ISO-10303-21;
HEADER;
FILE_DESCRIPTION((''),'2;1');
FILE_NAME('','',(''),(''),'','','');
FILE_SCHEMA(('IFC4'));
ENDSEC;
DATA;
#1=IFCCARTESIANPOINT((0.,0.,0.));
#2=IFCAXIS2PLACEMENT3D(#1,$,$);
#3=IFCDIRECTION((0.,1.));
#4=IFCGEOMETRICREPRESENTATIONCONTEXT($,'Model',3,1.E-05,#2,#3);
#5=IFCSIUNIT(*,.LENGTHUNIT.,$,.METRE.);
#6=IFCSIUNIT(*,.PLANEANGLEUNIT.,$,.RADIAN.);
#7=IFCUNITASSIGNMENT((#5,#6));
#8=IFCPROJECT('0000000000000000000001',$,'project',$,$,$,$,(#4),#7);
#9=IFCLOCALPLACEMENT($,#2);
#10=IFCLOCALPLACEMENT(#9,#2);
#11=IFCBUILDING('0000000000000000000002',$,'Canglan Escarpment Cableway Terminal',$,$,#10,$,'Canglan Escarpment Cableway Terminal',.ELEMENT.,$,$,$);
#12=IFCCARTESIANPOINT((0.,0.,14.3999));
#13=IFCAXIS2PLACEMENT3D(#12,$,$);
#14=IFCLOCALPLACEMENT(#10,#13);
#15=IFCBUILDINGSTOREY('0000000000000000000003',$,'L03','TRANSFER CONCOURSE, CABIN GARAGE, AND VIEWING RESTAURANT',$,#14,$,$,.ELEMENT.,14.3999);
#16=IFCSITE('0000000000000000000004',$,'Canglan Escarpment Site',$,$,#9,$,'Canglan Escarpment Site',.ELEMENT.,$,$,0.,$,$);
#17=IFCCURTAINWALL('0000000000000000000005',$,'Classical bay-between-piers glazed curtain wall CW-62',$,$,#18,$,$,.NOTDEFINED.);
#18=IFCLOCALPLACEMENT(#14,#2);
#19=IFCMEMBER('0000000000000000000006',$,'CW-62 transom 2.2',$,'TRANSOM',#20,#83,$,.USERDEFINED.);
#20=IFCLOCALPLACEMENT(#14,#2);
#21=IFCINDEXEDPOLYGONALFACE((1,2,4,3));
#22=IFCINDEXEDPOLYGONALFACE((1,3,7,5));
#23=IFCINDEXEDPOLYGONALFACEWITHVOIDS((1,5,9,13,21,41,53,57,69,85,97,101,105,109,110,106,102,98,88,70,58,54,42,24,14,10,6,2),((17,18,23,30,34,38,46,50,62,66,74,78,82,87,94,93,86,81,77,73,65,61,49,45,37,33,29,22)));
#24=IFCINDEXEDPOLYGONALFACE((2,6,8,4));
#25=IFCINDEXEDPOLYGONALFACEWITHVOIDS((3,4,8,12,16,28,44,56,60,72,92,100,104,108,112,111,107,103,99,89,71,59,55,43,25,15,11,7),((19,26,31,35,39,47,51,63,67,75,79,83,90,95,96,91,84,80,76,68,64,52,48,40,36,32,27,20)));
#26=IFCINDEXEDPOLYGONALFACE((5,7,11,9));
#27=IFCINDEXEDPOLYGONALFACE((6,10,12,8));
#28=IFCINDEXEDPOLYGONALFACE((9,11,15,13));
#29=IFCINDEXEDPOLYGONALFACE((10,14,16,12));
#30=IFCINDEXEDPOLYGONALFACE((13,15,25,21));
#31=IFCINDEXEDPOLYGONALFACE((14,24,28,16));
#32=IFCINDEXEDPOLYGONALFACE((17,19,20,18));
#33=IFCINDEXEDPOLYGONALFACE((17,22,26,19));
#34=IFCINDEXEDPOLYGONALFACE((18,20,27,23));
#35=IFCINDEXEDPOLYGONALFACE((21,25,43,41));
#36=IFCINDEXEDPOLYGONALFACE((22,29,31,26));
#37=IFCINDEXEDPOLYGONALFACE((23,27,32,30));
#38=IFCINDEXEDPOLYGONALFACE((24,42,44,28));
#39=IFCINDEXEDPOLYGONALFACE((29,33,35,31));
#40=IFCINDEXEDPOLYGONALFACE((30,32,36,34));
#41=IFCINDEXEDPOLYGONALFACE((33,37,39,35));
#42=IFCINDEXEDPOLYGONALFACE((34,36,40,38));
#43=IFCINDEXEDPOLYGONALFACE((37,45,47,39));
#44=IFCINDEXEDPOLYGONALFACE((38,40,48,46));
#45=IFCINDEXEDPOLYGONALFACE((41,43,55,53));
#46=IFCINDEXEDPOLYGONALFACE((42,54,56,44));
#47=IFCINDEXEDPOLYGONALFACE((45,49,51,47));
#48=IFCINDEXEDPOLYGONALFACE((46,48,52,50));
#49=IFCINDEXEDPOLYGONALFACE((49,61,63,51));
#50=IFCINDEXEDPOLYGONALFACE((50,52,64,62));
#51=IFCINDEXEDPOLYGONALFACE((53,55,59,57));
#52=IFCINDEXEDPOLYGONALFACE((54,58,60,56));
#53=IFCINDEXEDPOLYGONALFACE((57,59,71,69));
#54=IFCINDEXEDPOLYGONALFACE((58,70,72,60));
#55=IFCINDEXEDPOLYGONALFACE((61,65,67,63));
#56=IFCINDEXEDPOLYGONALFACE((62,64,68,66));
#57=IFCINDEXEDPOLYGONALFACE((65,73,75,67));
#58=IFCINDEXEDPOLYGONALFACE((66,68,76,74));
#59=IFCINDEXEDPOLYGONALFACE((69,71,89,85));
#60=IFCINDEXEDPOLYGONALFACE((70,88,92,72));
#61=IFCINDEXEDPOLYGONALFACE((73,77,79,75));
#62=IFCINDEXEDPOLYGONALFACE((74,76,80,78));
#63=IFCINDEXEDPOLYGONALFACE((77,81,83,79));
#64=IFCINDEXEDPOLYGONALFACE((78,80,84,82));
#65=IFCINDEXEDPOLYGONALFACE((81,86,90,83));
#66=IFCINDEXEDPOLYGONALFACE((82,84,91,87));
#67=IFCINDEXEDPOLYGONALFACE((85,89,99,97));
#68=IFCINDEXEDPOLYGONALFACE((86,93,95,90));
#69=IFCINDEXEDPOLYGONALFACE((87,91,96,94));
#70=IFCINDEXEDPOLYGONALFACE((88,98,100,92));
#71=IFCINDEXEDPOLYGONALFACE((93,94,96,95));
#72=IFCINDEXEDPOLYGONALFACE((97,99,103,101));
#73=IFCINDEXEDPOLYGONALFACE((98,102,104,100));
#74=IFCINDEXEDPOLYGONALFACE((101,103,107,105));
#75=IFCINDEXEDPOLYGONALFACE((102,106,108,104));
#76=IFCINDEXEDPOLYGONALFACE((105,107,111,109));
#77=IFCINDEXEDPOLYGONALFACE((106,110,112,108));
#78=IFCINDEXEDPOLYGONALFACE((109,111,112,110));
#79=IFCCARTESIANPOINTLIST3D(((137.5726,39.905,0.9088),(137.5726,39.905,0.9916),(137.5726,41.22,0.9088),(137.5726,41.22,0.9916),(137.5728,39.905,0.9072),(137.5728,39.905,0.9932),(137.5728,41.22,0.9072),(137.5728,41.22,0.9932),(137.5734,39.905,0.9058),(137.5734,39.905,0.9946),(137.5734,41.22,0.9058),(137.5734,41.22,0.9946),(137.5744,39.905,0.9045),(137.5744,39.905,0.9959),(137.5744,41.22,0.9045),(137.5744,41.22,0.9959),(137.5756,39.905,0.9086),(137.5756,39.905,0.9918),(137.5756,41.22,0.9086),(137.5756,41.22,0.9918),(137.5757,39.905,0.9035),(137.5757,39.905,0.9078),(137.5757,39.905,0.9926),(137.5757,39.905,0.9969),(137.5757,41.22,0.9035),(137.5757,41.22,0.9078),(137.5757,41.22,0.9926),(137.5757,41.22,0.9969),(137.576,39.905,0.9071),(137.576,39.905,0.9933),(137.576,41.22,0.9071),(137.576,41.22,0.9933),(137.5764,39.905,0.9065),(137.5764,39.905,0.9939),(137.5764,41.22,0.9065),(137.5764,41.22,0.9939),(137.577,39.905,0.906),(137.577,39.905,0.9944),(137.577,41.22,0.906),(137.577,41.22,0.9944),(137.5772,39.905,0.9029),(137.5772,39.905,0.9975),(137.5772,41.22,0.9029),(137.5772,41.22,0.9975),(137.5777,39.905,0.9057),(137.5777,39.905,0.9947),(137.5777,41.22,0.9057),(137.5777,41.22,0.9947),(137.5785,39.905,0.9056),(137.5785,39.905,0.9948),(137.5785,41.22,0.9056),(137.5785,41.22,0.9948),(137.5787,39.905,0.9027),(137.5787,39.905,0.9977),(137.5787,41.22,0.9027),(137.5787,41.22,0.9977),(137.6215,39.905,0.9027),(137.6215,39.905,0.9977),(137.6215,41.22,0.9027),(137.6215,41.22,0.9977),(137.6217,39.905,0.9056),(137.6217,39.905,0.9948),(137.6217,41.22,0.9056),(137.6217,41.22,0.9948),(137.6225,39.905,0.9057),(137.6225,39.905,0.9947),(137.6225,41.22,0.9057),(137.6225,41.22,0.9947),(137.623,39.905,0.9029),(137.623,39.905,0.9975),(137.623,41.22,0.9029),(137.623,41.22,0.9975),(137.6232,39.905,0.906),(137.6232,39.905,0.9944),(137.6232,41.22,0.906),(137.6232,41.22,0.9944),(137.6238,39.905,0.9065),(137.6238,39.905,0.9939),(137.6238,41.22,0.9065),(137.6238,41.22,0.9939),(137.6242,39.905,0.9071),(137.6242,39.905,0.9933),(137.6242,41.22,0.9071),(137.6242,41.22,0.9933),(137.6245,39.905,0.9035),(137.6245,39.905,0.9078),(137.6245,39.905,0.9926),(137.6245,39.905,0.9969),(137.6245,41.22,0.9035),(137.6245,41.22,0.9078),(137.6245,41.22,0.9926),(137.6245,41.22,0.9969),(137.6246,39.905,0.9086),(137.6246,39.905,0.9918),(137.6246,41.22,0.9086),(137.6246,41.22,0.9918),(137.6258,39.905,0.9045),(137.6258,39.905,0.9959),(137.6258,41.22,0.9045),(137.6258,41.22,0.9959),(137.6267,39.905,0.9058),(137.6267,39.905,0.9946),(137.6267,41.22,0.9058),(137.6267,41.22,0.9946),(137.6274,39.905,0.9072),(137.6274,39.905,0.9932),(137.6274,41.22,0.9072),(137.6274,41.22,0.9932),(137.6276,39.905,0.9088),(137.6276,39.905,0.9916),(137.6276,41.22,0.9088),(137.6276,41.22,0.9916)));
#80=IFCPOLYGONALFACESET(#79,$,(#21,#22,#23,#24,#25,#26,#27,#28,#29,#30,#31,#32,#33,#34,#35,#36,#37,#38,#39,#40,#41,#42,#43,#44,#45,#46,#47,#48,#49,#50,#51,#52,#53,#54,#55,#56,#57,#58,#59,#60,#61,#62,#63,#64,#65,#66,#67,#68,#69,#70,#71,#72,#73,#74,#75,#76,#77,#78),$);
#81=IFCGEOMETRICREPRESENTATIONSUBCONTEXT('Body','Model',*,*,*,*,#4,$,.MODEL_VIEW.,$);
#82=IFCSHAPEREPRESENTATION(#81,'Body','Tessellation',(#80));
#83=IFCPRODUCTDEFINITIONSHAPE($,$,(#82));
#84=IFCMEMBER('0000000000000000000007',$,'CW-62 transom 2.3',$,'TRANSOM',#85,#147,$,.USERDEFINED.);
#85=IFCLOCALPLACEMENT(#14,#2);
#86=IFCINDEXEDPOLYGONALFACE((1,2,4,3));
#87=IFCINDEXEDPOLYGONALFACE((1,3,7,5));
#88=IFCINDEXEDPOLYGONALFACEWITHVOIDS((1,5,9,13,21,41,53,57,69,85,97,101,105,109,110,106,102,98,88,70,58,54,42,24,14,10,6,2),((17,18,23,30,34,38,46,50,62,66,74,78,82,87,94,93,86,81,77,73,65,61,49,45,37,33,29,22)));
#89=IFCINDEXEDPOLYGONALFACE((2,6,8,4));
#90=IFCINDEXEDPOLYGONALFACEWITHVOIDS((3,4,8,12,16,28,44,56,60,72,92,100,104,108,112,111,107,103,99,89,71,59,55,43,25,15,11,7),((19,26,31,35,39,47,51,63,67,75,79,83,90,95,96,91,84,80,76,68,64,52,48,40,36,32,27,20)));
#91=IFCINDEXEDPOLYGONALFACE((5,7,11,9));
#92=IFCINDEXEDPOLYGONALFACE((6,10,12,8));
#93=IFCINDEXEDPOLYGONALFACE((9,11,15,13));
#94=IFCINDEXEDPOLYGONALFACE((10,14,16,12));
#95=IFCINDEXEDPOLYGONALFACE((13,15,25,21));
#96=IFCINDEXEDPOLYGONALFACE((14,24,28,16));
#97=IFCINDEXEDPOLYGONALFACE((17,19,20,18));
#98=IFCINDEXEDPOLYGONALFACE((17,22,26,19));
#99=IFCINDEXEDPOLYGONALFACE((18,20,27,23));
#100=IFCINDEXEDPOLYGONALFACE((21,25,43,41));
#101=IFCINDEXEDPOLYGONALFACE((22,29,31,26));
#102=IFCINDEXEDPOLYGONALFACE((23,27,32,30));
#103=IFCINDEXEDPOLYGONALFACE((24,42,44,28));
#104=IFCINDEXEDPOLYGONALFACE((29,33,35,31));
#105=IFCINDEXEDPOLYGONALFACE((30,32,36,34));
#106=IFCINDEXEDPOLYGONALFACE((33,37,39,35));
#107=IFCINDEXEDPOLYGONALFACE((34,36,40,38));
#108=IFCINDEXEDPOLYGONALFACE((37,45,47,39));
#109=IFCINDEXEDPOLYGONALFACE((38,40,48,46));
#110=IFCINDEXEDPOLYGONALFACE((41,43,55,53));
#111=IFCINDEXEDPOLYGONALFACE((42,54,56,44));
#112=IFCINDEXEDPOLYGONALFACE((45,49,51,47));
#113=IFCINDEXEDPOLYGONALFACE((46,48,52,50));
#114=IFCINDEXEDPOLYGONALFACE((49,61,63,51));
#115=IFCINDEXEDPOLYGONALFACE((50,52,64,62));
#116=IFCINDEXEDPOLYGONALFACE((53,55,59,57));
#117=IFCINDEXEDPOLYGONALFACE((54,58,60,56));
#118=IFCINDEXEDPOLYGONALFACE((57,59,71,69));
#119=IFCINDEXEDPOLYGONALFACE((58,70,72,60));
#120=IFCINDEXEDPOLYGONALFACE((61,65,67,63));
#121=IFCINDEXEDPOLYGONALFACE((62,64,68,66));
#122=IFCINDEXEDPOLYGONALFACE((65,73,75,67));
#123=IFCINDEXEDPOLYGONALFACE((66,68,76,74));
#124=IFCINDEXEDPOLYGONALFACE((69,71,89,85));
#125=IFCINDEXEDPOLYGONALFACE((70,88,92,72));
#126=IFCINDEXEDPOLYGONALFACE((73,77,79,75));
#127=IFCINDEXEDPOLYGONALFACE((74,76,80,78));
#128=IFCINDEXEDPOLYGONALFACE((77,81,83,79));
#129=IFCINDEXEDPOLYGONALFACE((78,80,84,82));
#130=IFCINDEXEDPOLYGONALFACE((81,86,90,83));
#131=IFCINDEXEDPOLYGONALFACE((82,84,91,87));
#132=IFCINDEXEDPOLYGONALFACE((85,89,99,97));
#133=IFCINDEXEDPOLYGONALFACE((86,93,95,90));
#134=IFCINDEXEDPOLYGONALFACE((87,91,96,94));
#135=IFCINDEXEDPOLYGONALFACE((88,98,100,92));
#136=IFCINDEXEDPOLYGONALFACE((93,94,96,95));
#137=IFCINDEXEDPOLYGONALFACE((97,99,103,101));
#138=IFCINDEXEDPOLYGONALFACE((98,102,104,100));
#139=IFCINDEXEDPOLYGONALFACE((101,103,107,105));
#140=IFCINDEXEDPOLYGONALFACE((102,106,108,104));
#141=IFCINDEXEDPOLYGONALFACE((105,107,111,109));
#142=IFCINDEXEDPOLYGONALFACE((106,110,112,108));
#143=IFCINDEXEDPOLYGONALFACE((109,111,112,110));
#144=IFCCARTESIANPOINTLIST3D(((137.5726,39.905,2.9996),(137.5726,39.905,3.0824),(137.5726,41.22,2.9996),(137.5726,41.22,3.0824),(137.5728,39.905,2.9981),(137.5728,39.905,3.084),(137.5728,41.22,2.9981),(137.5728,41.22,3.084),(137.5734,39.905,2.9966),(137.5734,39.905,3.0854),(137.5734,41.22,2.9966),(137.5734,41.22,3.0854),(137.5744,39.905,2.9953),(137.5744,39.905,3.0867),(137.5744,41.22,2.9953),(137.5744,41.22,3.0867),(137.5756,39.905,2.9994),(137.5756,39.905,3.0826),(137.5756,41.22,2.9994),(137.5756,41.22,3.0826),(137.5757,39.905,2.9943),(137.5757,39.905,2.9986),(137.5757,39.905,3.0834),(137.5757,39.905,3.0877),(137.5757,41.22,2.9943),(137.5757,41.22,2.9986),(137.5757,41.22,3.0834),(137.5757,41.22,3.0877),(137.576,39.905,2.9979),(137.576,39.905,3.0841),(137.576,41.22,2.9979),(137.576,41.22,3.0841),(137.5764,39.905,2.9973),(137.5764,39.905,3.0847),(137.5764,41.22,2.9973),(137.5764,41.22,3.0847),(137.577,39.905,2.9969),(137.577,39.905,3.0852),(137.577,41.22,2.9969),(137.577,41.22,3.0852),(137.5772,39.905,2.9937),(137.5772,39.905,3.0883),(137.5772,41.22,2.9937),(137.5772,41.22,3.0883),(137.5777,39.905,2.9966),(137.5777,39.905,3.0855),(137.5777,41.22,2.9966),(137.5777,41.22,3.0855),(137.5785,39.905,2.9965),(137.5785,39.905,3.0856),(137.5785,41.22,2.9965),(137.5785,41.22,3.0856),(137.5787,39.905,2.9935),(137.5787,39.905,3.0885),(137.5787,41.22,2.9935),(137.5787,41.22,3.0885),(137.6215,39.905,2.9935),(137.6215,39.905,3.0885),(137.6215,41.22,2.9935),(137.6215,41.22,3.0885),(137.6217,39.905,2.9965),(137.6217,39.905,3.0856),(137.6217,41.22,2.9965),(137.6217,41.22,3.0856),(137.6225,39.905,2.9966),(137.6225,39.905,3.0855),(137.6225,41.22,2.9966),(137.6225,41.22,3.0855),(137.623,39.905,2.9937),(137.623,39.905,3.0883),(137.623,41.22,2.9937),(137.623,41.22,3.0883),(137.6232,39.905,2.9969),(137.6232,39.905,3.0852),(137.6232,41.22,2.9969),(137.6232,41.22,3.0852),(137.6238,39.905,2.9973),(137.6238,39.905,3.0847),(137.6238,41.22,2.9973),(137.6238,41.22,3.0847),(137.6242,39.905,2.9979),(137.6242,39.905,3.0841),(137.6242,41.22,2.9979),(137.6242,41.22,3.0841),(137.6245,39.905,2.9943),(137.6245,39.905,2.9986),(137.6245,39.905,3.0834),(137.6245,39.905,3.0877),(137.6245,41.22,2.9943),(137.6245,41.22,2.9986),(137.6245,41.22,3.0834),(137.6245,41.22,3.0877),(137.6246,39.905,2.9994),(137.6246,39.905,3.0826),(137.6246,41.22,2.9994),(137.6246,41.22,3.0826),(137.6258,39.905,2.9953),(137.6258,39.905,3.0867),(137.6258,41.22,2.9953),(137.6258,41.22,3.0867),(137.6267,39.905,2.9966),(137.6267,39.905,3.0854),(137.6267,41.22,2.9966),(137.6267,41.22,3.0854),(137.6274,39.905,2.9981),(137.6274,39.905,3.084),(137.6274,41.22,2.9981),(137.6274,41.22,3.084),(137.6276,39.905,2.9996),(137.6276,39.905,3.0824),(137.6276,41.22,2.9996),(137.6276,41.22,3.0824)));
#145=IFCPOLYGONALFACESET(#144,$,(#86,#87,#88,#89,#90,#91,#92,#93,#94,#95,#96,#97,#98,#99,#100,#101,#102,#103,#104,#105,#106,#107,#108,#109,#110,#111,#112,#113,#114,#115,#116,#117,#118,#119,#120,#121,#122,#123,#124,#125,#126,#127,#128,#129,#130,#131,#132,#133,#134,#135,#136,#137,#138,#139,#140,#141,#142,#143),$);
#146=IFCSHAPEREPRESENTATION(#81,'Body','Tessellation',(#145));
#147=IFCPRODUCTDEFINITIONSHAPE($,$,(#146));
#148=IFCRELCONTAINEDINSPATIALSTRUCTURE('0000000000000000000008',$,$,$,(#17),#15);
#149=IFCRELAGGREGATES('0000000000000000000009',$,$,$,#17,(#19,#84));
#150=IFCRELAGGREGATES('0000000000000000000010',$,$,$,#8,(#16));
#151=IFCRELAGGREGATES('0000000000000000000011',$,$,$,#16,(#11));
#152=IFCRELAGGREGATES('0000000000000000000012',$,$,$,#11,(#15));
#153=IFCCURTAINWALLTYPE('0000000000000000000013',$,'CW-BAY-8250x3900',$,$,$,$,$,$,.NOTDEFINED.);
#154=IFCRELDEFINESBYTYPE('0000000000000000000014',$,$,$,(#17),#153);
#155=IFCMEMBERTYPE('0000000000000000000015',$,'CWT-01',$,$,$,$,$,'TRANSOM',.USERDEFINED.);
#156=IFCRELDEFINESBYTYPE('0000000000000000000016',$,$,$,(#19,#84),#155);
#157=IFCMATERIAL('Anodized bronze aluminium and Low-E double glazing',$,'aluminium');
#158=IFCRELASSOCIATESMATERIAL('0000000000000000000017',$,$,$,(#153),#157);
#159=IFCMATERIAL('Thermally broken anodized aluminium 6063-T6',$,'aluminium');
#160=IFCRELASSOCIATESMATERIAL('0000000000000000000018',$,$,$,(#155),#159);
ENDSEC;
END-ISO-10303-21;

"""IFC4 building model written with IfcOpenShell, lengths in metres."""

from ifc_helpers import new_model, si_unit, direction, frame, origin, origin_2d, place, context, subcontext, project, spatial, hollow_rectangle, extrude, material, material_profile, profile_set, type_object, element, aggregate, save


model = new_model("IFC4")

# Units and contexts
model_context = context("Model", 3, precision=1e-05, world=origin(), true_north=direction((0.0, 1.0)))
body_context = subcontext(model_context, "Body", "Model", "MODEL_VIEW")
ifc_project = project(units=[si_unit("LENGTHUNIT", "METRE"), si_unit("PLANEANGLEUNIT", "RADIAN")], contexts=[model_context])

# Site, building, storey
site_placement = place(None, origin())
site = spatial("IfcSite", under=ifc_project, at=site_placement, Name="Canglan Escarpment Site", LongName="Canglan Escarpment Site", CompositionType="ELEMENT", RefElevation=0.0)
building_placement = place(site_placement, origin())
building = spatial("IfcBuilding", under=site, at=building_placement, Name="Canglan Escarpment Cableway Terminal", LongName="Canglan Escarpment Cableway Terminal", CompositionType="ELEMENT")
storey_placement = place(building_placement, frame((0.0, 0.0, 14.3999)))
storey = spatial("IfcBuildingStorey", under=building, at=storey_placement, Name="L03", Description="TRANSFER CONCOURSE, CABIN GARAGE, AND VIEWING RESTAURANT", CompositionType="ELEMENT", Elevation=14.3999)

# Curtain wall, members
ifc_material_1 = material(Name="Anodized bronze aluminium and Low-E double glazing", Category="aluminium")
curtain_wall_type = type_object("IfcCurtainWallType", Name="CW-BAY-8250x3900", PredefinedType="NOTDEFINED", material=ifc_material_1)
curtain_wall_placement = place(storey_placement, origin())
curtain_wall = element("IfcCurtainWall", 1, at=curtain_wall_placement, inside=storey, type_object=curtain_wall_type, Name="Classical bay-between-piers glazed curtain wall CW-62", PredefinedType="NOTDEFINED")
ifc_material_2 = material(Name="Thermally broken anodized aluminium 6063-T6", Category="aluminium")
ifc_material_profile_1 = material_profile(ifc_material_2, hollow_rectangle(XDim=0.0549, YDim=0.095, WallThickness=0.0029, InnerFilletRadius=0.0029, OuterFilletRadius=0.0061, at=origin_2d()), Name="ALU-TRAN 55x95x3")
ifc_profile_set_1 = profile_set([ifc_material_profile_1], Name="Thermally broken anodized aluminium 6063-T6")
member_type_1 = type_object("IfcMemberType", Name="CWT-01", ElementType="TRANSOM", PredefinedType="USERDEFINED", material=ifc_profile_set_1)
member_1_placement = place(storey_placement, frame((137.6001, 41.22, 0.9502), z_axis=(0.0, -1.0, 0.0), x_axis=(1.0, 0.0, 0.0)))
member_1 = element("IfcMember", 2, at=member_1_placement, type_object=member_type_1, Name="CW-62 transom 2.2", ObjectType="TRANSOM", PredefinedType="USERDEFINED", context=body_context, shape_type="SweptSolid", body=[
    extrude(hollow_rectangle(XDim=0.0549, YDim=0.095, WallThickness=0.0029, InnerFilletRadius=0.0029, OuterFilletRadius=0.0061, at=origin_2d()), origin(), (0.0, 0.0, 1.0), 1.3149),
])
member_2_placement = place(storey_placement, frame((137.6001, 41.22, 3.041), z_axis=(0.0, -1.0, 0.0), x_axis=(1.0, 0.0, 0.0)))
member_2 = element("IfcMember", 3, at=member_2_placement, type_object=member_type_1, Name="CW-62 transom 2.3", ObjectType="TRANSOM", PredefinedType="USERDEFINED", context=body_context, shape_type="SweptSolid", body=[
    extrude(hollow_rectangle(XDim=0.0549, YDim=0.095, WallThickness=0.0029, InnerFilletRadius=0.0029, OuterFilletRadius=0.0061, at=origin_2d()), origin(), (0.0, 0.0, 1.0), 1.3149),
])
aggregate(curtain_wall, [member_1, member_2])

save(model, "model.ifc")
